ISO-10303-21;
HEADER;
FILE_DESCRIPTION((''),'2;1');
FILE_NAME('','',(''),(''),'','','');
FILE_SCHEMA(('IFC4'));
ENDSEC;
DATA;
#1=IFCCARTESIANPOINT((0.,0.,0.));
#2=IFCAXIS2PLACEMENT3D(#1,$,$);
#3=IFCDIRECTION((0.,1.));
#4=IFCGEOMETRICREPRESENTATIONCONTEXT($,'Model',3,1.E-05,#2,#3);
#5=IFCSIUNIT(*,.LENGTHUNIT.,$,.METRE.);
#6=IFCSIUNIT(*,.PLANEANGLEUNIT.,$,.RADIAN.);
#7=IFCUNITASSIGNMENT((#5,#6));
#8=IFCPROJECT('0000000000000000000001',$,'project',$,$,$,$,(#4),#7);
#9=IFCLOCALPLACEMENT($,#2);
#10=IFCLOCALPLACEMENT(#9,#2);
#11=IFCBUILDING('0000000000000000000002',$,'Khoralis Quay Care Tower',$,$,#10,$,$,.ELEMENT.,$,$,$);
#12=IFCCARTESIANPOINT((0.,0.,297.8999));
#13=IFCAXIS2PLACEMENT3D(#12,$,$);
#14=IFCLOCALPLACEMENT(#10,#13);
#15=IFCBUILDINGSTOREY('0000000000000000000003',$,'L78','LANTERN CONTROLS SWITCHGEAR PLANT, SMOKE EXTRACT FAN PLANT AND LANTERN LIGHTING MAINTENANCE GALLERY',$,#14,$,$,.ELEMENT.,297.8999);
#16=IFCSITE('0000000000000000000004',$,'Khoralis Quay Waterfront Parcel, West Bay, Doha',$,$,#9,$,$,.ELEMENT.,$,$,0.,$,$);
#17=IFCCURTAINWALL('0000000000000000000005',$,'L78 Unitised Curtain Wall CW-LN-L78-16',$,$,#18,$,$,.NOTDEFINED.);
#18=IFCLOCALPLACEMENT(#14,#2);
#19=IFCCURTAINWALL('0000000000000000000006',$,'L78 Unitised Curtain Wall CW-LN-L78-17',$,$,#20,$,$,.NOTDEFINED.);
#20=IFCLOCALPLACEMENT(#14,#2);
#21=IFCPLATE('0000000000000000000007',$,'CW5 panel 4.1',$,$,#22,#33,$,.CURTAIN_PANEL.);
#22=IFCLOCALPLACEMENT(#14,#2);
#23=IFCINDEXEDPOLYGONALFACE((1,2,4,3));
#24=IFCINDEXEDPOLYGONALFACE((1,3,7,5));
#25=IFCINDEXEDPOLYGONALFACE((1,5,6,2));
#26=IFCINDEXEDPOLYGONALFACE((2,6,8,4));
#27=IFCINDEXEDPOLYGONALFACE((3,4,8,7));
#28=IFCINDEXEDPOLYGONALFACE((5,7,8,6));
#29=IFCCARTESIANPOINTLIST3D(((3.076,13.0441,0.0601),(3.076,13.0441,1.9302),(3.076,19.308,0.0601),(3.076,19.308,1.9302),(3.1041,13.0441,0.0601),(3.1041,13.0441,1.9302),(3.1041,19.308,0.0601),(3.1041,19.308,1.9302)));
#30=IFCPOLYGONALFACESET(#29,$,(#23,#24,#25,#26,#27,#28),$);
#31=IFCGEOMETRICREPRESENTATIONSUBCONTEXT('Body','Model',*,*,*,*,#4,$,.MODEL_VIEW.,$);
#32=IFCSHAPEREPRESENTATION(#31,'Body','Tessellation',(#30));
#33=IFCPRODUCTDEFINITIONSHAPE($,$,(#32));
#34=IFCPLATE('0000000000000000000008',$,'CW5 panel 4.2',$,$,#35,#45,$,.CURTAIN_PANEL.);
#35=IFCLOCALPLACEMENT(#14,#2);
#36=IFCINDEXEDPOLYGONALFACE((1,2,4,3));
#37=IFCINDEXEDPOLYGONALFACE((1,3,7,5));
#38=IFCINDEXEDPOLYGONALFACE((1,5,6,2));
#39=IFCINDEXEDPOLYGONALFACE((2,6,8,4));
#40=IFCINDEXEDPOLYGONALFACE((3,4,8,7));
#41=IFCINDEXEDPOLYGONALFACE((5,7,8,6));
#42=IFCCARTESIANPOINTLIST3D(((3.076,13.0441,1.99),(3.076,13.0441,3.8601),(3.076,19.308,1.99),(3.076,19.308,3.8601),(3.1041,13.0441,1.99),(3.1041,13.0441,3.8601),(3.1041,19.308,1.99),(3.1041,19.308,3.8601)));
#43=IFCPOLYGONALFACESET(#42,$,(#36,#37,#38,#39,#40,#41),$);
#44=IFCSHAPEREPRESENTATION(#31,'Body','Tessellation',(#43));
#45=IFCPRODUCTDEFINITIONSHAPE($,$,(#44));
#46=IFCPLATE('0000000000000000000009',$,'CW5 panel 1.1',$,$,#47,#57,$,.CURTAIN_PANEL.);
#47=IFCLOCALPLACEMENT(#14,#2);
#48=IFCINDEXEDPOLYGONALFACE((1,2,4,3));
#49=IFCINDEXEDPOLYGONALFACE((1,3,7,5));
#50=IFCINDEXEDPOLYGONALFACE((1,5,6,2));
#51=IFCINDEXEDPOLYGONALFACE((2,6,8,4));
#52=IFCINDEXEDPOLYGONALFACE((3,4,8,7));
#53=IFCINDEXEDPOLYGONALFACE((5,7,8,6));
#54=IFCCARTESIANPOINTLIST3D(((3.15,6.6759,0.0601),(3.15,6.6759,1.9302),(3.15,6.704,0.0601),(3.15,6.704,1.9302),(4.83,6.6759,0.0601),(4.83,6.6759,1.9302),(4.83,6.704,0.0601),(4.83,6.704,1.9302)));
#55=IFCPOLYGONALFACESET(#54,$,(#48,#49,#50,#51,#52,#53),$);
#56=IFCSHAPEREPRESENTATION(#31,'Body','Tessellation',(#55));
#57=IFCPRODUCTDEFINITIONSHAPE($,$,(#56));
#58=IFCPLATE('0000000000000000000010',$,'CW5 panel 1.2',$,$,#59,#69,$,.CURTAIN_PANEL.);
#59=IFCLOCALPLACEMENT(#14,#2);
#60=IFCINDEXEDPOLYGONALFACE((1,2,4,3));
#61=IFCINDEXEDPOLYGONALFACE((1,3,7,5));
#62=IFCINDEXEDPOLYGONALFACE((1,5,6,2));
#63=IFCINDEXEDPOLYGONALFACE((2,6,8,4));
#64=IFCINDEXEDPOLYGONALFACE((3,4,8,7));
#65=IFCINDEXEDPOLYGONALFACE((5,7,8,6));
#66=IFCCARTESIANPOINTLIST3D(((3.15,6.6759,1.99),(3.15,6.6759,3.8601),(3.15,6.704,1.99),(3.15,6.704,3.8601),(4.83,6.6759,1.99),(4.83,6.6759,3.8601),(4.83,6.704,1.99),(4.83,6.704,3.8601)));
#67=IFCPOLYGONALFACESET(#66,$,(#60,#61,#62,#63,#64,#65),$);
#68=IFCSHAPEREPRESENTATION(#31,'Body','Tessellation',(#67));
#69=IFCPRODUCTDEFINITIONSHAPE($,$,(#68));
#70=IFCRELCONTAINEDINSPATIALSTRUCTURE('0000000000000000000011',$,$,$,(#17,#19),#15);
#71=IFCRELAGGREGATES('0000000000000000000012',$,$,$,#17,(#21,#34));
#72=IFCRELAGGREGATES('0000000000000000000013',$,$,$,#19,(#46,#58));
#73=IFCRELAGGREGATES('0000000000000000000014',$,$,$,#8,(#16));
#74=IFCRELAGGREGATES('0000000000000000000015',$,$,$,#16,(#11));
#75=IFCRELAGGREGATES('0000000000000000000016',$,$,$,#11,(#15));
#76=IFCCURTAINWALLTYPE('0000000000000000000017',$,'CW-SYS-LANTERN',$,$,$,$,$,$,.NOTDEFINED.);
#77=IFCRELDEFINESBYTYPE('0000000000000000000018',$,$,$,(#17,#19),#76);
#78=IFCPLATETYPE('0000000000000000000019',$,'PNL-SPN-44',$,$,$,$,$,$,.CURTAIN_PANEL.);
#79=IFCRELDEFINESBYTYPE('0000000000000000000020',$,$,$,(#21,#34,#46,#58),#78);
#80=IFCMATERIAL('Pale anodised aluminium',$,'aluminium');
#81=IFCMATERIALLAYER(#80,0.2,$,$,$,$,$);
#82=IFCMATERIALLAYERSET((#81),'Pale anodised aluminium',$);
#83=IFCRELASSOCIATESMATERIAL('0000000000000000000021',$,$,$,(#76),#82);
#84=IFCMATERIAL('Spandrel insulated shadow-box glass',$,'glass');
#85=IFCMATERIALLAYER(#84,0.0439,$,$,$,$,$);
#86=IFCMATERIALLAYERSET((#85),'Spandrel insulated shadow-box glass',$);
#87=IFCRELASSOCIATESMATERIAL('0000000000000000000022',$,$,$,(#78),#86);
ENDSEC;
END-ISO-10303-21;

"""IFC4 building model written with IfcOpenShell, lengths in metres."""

from ifc_helpers import new_model, si_unit, direction, frame, origin, origin_2d, place, context, subcontext, project, spatial, rectangle, extrude, source, transform, mapped, material, layer, layer_set, type_object, element, aggregate, save


model = new_model("IFC4")

# Units and contexts
model_context = context("Model", 3, precision=1e-05, world=origin(), true_north=direction((0.0, 1.0)))
body_context = subcontext(model_context, "Body", "Model", "MODEL_VIEW")
ifc_project = project(units=[si_unit("LENGTHUNIT", "METRE"), si_unit("PLANEANGLEUNIT", "RADIAN")], contexts=[model_context])

# Site, building, storey
site_placement = place(None, origin())
site = spatial("IfcSite", under=ifc_project, at=site_placement, Name="Khoralis Quay Waterfront Parcel, West Bay, Doha", CompositionType="ELEMENT", RefElevation=0.0)
building_placement = place(site_placement, origin())
building = spatial("IfcBuilding", under=site, at=building_placement, Name="Khoralis Quay Care Tower", CompositionType="ELEMENT")
storey_placement = place(building_placement, frame((0.0, 0.0, 297.8999)))
storey = spatial("IfcBuildingStorey", under=building, at=storey_placement, Name="L78", Description="LANTERN CONTROLS SWITCHGEAR PLANT, SMOKE EXTRACT FAN PLANT AND LANTERN LIGHTING MAINTENANCE GALLERY", CompositionType="ELEMENT", Elevation=297.8999)

# Curtain walls
ifc_material_1 = material(Name="Pale anodised aluminium", Category="aluminium")
ifc_layer_1 = layer(ifc_material_1, 0.2)
ifc_layer_set_1 = layer_set([ifc_layer_1], Name="Pale anodised aluminium")
curtain_wall_type = type_object("IfcCurtainWallType", Name="CW-SYS-LANTERN", PredefinedType="NOTDEFINED", material=ifc_layer_set_1)
curtain_wall_1_placement = place(storey_placement, origin())
curtain_wall_1 = element("IfcCurtainWall", 1, at=curtain_wall_1_placement, inside=storey, type_object=curtain_wall_type, Name="L78 Unitised Curtain Wall CW-LN-L78-16", PredefinedType="NOTDEFINED")
curtain_wall_2_placement = place(storey_placement, origin())
curtain_wall_2 = element("IfcCurtainWall", 2, at=curtain_wall_2_placement, inside=storey, type_object=curtain_wall_type, Name="L78 Unitised Curtain Wall CW-LN-L78-17", PredefinedType="NOTDEFINED")

# Plates
ifc_material_2 = material(Name="Spandrel insulated shadow-box glass", Category="glass")
ifc_layer_2 = layer(ifc_material_2, 0.0439)
ifc_layer_set_2 = layer_set([ifc_layer_2], Name="Spandrel insulated shadow-box glass")
plate_type = type_object("IfcPlateType", Name="PNL-SPN-44", PredefinedType="CURTAIN_PANEL", material=ifc_layer_set_2)
shared_shape_1 = source(origin(), body_context, "Body", "SweptSolid", [
    extrude(rectangle(XDim=6.2639, YDim=0.0281, at=origin_2d()), origin(), (0.0, 0.0, 1.0), 1.8701),
])
plate_1_placement = place(storey_placement, frame((3.0901, 16.176, 0.0601), z_axis=(0.0, 0.0, 1.0), x_axis=(0.0, -1.0, 0.0)))
plate_1 = element("IfcPlate", 3, at=plate_1_placement, type_object=plate_type, Name="CW5 panel 4.1", PredefinedType="CURTAIN_PANEL", context=body_context, shape_type="MappedRepresentation", body=[
    mapped(shared_shape_1, transform((0.0, 0.0, 0.0), scale=1.0)),
])
plate_2_placement = place(storey_placement, frame((3.0901, 16.176, 1.99), z_axis=(0.0, 0.0, 1.0), x_axis=(0.0, -1.0, 0.0)))
plate_2 = element("IfcPlate", 4, at=plate_2_placement, type_object=plate_type, Name="CW5 panel 4.2", PredefinedType="CURTAIN_PANEL", context=body_context, shape_type="MappedRepresentation", body=[
    mapped(shared_shape_1, transform((0.0, 0.0, 0.0), scale=1.0)),
])
aggregate(curtain_wall_1, [plate_1, plate_2])
shared_shape_2 = source(origin(), body_context, "Body", "SweptSolid", [
    extrude(rectangle(XDim=1.6799, YDim=0.0281, at=origin_2d()), origin(), (0.0, 0.0, 1.0), 1.8701),
])
plate_3_placement = place(storey_placement, frame((3.99, 6.6899, 0.0601), z_axis=(0.0, 0.0, 1.0), x_axis=(1.0, 0.0, 0.0)))
plate_3 = element("IfcPlate", 5, at=plate_3_placement, type_object=plate_type, Name="CW5 panel 1.1", PredefinedType="CURTAIN_PANEL", context=body_context, shape_type="MappedRepresentation", body=[
    mapped(shared_shape_2, transform((0.0, 0.0, 0.0), scale=1.0)),
])
plate_4_placement = place(storey_placement, frame((3.99, 6.6899, 1.99), z_axis=(0.0, 0.0, 1.0), x_axis=(1.0, 0.0, 0.0)))
plate_4 = element("IfcPlate", 6, at=plate_4_placement, type_object=plate_type, Name="CW5 panel 1.2", PredefinedType="CURTAIN_PANEL", context=body_context, shape_type="MappedRepresentation", body=[
    mapped(shared_shape_2, transform((0.0, 0.0, 0.0), scale=1.0)),
])
aggregate(curtain_wall_2, [plate_3, plate_4])

save(model, "model.ifc")
